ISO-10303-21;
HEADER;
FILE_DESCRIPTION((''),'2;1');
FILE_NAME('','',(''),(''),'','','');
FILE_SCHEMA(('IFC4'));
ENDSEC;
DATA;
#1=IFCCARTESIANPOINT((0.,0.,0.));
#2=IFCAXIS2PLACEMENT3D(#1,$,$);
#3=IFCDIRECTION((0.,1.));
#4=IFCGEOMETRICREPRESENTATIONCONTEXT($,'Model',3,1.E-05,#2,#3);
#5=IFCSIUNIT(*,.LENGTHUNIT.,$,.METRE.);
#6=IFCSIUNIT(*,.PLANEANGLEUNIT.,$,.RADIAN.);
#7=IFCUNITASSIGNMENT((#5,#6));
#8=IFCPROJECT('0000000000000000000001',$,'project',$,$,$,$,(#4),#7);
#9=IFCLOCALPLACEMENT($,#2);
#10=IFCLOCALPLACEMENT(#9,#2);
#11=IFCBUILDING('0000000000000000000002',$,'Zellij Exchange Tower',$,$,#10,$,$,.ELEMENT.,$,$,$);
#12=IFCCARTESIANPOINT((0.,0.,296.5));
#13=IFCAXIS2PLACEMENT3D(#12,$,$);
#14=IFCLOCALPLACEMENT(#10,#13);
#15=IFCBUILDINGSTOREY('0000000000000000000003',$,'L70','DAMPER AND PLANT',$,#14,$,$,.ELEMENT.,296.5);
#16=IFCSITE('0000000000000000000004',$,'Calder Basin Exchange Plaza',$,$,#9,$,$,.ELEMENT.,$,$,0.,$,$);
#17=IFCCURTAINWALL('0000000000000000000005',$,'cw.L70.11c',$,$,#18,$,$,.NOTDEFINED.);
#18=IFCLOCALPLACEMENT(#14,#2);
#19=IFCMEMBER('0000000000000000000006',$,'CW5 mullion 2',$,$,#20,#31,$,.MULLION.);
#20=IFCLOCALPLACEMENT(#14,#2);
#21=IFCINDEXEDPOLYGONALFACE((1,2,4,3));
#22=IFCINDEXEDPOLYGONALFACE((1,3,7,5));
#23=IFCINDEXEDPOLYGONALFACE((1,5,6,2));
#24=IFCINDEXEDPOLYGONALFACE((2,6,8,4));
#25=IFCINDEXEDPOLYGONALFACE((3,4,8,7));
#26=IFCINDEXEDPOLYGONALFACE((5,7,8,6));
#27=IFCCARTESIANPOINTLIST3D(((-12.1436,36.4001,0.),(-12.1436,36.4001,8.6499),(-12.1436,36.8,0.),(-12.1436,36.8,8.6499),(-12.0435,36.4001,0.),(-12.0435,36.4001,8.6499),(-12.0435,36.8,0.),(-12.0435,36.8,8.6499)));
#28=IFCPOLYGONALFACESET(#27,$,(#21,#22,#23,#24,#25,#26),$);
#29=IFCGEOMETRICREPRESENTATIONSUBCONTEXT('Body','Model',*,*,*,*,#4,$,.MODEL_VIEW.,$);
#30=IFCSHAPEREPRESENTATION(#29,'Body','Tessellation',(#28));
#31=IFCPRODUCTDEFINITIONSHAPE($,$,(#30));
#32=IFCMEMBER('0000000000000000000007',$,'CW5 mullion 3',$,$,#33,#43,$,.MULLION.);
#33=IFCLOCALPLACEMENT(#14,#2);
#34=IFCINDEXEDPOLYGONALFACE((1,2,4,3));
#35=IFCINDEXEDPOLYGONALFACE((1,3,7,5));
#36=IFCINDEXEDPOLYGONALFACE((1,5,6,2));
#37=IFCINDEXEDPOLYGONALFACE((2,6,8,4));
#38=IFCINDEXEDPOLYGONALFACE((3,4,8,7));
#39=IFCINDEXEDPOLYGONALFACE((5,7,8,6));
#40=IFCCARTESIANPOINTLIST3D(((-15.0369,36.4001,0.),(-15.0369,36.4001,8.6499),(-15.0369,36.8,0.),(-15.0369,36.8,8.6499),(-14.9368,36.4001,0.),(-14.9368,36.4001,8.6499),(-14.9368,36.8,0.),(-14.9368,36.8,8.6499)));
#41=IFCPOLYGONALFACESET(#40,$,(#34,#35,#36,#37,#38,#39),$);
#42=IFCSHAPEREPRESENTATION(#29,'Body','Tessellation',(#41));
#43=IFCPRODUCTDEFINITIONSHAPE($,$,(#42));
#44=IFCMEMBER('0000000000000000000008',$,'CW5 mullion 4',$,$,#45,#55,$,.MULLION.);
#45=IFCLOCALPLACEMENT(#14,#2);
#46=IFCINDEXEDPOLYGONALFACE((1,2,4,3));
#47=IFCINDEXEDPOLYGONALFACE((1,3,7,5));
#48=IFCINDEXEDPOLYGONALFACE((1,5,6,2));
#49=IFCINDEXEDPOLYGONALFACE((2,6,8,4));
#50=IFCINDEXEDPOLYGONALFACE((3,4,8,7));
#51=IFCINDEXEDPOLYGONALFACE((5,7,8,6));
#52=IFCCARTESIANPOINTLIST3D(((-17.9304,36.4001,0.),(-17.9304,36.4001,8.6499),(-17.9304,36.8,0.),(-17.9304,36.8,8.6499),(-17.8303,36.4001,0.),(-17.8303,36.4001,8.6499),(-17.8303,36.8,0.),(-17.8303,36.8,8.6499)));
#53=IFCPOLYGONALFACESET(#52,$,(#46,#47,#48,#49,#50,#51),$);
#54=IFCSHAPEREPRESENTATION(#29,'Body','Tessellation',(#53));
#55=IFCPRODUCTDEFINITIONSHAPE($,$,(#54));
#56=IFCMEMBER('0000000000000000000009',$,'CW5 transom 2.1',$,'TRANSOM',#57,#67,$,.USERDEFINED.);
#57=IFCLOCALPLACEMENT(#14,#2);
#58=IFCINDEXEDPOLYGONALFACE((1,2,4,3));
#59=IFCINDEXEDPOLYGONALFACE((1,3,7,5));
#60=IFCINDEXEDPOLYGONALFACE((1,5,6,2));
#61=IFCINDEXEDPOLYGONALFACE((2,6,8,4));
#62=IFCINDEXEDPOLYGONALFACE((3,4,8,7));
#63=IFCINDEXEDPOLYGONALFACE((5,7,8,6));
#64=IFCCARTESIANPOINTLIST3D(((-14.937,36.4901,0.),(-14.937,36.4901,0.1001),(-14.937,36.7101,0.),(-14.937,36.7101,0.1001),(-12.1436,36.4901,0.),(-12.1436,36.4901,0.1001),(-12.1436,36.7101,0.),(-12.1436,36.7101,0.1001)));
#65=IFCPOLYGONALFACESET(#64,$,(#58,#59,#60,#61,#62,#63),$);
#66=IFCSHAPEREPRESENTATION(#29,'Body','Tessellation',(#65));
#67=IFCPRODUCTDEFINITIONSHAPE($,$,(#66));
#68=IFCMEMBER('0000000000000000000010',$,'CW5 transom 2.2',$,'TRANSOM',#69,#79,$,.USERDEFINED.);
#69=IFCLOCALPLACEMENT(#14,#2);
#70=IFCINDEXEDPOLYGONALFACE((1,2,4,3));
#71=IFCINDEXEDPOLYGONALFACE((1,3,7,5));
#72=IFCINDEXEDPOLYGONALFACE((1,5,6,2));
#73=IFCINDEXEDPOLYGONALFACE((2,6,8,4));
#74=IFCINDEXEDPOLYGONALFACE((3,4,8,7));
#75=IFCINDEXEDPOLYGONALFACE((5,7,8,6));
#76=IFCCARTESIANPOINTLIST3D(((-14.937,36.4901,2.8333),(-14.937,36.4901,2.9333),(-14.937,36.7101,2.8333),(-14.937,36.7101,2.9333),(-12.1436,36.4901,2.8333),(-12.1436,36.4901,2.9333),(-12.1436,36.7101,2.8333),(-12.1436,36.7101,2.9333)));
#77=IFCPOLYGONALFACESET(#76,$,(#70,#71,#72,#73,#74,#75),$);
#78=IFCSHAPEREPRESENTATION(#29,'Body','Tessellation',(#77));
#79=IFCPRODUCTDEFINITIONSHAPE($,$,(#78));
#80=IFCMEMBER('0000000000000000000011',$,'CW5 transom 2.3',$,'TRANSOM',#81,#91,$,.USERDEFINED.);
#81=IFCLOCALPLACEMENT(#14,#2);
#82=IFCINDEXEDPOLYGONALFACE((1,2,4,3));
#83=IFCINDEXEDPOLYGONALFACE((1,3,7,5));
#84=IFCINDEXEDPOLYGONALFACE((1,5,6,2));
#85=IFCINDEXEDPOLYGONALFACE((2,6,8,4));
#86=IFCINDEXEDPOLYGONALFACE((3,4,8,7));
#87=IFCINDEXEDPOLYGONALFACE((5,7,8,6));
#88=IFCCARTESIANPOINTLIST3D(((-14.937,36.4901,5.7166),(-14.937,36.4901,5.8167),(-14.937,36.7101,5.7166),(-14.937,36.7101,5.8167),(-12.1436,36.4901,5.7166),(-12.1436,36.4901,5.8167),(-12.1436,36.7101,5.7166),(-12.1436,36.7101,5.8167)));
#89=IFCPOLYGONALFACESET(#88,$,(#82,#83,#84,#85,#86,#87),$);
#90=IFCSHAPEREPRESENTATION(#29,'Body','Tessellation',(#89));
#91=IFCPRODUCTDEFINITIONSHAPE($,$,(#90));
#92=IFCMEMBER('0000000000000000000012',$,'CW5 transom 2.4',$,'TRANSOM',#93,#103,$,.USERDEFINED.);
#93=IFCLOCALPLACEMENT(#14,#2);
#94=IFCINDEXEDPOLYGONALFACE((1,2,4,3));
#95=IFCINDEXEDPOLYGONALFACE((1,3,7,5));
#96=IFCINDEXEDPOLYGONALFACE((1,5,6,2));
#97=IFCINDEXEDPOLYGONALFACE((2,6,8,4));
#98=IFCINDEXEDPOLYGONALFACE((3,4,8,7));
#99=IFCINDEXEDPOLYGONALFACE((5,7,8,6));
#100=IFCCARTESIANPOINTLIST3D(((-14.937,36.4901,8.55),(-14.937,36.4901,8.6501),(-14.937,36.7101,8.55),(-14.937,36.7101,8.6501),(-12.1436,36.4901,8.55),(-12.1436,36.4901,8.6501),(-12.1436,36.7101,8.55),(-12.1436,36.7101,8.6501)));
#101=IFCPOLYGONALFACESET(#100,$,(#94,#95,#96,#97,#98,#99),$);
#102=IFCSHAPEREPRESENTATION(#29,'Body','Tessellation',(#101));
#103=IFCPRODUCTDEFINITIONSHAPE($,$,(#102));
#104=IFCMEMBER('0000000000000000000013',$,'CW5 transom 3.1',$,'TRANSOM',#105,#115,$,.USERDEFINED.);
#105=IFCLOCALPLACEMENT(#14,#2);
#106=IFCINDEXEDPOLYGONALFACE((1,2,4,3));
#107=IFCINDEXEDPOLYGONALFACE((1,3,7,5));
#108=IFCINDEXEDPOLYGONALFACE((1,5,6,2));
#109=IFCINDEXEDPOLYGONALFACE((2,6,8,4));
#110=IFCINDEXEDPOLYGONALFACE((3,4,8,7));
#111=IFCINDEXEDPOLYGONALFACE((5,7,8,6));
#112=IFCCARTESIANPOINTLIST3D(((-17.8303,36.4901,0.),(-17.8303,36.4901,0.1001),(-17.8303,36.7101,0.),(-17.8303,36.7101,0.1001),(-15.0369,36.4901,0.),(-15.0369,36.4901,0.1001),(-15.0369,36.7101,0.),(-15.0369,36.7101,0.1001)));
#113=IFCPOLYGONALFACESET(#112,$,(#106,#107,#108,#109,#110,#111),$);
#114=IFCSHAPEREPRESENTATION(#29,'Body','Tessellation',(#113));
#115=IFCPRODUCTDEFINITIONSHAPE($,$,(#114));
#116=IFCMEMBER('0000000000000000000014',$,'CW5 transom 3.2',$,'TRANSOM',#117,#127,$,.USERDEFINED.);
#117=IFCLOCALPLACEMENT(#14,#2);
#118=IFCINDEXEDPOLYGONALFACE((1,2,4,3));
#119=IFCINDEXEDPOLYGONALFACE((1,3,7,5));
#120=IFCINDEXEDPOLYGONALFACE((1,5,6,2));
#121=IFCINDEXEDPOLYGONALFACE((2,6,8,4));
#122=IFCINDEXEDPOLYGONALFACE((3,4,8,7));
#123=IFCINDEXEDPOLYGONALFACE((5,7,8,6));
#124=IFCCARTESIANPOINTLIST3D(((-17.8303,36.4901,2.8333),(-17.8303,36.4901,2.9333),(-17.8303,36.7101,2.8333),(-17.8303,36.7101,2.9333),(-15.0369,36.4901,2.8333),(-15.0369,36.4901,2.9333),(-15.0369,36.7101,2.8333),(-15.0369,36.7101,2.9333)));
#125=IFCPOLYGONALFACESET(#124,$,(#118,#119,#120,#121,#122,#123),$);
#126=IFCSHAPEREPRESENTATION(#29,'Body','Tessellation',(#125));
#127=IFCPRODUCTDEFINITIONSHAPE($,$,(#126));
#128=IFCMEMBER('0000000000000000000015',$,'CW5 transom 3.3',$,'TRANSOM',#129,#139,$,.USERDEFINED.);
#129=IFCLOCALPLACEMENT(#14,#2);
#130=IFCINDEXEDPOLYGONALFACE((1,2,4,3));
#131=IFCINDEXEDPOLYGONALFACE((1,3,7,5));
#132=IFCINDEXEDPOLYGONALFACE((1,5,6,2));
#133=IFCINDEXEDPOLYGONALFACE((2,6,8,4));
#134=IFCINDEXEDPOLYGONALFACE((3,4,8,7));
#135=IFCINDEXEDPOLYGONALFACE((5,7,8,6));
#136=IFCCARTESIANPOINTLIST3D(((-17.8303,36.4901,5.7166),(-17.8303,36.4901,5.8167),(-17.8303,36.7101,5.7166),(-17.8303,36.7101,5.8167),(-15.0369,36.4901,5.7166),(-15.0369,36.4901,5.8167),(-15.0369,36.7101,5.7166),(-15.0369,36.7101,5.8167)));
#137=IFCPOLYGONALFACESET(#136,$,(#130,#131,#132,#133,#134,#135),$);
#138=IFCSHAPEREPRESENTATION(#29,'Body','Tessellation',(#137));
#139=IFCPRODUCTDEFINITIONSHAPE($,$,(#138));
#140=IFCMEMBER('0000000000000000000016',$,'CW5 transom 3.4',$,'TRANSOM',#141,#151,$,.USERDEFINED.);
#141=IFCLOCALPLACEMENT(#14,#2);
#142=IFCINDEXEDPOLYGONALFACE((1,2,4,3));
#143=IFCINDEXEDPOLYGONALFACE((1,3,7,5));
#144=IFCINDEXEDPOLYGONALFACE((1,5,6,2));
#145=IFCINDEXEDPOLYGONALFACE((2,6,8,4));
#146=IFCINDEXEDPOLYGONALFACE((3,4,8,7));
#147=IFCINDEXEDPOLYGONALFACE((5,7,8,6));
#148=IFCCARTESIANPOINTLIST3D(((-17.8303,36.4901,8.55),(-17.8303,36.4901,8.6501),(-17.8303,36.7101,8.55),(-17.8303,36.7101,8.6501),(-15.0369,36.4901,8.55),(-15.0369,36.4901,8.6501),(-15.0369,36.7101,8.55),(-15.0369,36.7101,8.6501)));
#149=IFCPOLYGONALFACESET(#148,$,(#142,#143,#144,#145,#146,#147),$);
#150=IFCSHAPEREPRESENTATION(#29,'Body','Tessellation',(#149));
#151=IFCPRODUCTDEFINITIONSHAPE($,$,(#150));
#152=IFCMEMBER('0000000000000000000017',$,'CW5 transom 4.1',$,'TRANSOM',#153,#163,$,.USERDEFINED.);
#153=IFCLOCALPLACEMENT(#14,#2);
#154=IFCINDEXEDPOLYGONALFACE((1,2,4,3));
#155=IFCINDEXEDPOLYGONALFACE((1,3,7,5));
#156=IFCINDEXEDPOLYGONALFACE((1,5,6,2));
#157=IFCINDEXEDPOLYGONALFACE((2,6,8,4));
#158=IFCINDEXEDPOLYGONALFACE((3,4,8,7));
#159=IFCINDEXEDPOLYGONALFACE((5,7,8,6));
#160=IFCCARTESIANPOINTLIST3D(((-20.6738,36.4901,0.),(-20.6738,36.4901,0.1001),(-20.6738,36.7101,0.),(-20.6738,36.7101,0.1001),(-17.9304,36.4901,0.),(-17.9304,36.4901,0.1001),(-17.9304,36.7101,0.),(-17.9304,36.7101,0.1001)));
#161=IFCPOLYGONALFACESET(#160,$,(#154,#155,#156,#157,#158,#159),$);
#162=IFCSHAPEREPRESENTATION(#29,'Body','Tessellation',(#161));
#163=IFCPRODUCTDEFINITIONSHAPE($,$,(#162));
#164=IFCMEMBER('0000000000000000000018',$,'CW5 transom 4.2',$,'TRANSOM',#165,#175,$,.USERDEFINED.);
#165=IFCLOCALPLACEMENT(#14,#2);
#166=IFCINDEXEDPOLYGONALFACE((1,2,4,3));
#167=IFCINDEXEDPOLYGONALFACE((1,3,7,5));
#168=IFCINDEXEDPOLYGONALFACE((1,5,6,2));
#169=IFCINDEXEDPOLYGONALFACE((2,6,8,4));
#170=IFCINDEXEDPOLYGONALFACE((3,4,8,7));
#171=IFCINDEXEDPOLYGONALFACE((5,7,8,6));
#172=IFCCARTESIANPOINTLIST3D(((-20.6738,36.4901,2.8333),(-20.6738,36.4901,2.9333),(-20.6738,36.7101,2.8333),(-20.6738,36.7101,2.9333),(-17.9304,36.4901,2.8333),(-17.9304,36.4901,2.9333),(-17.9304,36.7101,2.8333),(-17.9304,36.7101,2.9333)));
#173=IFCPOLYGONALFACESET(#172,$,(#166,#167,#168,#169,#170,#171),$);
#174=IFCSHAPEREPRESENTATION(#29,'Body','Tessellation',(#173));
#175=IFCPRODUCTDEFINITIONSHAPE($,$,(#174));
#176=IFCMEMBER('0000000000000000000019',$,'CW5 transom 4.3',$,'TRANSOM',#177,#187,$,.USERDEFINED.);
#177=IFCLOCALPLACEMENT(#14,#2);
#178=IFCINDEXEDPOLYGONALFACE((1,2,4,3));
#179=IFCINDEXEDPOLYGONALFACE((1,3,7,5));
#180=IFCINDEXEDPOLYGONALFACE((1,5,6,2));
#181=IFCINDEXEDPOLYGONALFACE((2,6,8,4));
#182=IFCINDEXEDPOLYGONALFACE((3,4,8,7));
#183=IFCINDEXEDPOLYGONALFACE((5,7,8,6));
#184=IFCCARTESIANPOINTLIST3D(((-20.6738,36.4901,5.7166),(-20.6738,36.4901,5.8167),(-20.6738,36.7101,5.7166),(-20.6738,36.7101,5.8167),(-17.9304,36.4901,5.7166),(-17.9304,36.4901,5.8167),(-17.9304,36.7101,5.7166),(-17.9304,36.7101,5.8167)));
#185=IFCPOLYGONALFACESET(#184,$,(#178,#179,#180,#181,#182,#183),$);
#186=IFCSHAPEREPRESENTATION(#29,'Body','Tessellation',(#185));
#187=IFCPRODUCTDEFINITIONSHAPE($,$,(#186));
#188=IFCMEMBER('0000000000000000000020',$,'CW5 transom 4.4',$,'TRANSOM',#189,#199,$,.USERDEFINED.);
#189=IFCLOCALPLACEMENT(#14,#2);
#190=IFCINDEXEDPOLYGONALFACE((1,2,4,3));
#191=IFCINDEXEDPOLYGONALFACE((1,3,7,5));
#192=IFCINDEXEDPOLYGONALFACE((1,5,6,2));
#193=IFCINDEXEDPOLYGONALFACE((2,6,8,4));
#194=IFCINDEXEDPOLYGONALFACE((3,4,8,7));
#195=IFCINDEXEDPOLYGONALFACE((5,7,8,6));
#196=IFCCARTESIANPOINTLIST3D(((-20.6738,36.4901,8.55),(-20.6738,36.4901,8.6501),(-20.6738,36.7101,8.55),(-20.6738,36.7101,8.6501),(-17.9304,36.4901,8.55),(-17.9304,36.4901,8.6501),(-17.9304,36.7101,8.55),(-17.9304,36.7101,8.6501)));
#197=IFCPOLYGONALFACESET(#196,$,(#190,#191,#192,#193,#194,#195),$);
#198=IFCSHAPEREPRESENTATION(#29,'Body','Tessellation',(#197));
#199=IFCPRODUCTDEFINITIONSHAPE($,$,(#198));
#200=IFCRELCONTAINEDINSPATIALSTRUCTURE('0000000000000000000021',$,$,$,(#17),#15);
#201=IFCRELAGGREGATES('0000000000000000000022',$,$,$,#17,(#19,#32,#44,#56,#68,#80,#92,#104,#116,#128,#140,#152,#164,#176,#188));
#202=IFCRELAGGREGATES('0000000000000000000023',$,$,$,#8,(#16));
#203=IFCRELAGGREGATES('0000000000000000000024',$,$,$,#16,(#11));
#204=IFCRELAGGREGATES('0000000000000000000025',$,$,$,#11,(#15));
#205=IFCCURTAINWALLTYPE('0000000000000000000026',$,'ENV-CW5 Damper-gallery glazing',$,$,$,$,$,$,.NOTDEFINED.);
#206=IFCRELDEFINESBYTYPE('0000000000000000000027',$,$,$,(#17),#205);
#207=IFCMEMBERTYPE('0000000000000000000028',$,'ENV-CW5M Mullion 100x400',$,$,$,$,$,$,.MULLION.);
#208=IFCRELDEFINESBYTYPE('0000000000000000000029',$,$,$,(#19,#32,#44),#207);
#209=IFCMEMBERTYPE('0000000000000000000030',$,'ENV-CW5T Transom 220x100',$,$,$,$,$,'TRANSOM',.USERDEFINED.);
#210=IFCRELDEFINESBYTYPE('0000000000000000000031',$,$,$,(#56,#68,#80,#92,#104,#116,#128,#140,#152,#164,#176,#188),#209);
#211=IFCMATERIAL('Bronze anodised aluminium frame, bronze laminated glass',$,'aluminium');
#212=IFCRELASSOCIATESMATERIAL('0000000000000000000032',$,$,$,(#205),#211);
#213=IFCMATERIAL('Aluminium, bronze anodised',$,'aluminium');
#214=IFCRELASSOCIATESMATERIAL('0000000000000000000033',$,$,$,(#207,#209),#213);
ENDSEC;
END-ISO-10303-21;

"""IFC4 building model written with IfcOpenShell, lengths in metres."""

from ifc_helpers import new_model, si_unit, direction, frame, origin, origin_2d, place, context, subcontext, project, spatial, rectangle, extrude, material, material_profile, profile_set, type_object, element, aggregate, save


model = new_model("IFC4")

# Units and contexts
model_context = context("Model", 3, precision=1e-05, world=origin(), true_north=direction((0.0, 1.0)))
body_context = subcontext(model_context, "Body", "Model", "MODEL_VIEW")
ifc_project = project(units=[si_unit("LENGTHUNIT", "METRE"), si_unit("PLANEANGLEUNIT", "RADIAN")], contexts=[model_context])

# Site, building, storey
site_placement = place(None, origin())
site = spatial("IfcSite", under=ifc_project, at=site_placement, Name="Calder Basin Exchange Plaza", CompositionType="ELEMENT", RefElevation=0.0)
building_placement = place(site_placement, origin())
building = spatial("IfcBuilding", under=site, at=building_placement, Name="Zellij Exchange Tower", CompositionType="ELEMENT")
storey_placement = place(building_placement, frame((0.0, 0.0, 296.5)))
storey = spatial("IfcBuildingStorey", under=building, at=storey_placement, Name="L70", Description="DAMPER AND PLANT", CompositionType="ELEMENT", Elevation=296.5)

# Curtain wall, members
ifc_material_1 = material(Name="Bronze anodised aluminium frame, bronze laminated glass", Category="aluminium")
curtain_wall_type = type_object("IfcCurtainWallType", Name="ENV-CW5 Damper-gallery glazing", PredefinedType="NOTDEFINED", material=ifc_material_1)
curtain_wall_placement = place(storey_placement, origin())
curtain_wall = element("IfcCurtainWall", 1, at=curtain_wall_placement, inside=storey, type_object=curtain_wall_type, Name="cw.L70.11c", PredefinedType="NOTDEFINED")
ifc_material_2 = material(Name="Aluminium, bronze anodised", Category="aluminium")
ifc_material_profile_1 = material_profile(ifc_material_2, rectangle(XDim=0.1001, YDim=0.3999, at=origin_2d()), Name="AL 100x400")
ifc_profile_set_1 = profile_set([ifc_material_profile_1], Name="Aluminium, bronze anodised")
member_type_1 = type_object("IfcMemberType", Name="ENV-CW5M Mullion 100x400", PredefinedType="MULLION", material=ifc_profile_set_1)
member_1_placement = place(storey_placement, frame((-12.0935, 36.6001, 0.0), z_axis=(0.0, 0.0, 1.0), x_axis=(-1.0, 0.0, 0.0)))
member_1 = element("IfcMember", 2, at=member_1_placement, type_object=member_type_1, Name="CW5 mullion 2", PredefinedType="MULLION", context=body_context, shape_type="SweptSolid", body=[
    extrude(rectangle(XDim=0.1001, YDim=0.3999, at=origin_2d()), origin(), (0.0, 0.0, 1.0), 8.6499),
])
member_2_placement = place(storey_placement, frame((-14.9868, 36.6001, 0.0), z_axis=(0.0, 0.0, 1.0), x_axis=(-1.0, 0.0, 0.0)))
member_2 = element("IfcMember", 3, at=member_2_placement, type_object=member_type_1, Name="CW5 mullion 3", PredefinedType="MULLION", context=body_context, shape_type="SweptSolid", body=[
    extrude(rectangle(XDim=0.1001, YDim=0.3999, at=origin_2d()), origin(), (0.0, 0.0, 1.0), 8.6499),
])
member_3_placement = place(storey_placement, frame((-17.8804, 36.6001, 0.0), z_axis=(0.0, 0.0, 1.0), x_axis=(-1.0, 0.0, 0.0)))
member_3 = element("IfcMember", 4, at=member_3_placement, type_object=member_type_1, Name="CW5 mullion 4", PredefinedType="MULLION", context=body_context, shape_type="SweptSolid", body=[
    extrude(rectangle(XDim=0.1001, YDim=0.3999, at=origin_2d()), origin(), (0.0, 0.0, 1.0), 8.6499),
])
ifc_material_profile_2 = material_profile(ifc_material_2, rectangle(XDim=0.22, YDim=0.1001, at=origin_2d()), Name="AL 220x100")
ifc_profile_set_2 = profile_set([ifc_material_profile_2], Name="Aluminium, bronze anodised")
member_type_2 = type_object("IfcMemberType", Name="ENV-CW5T Transom 220x100", ElementType="TRANSOM", PredefinedType="USERDEFINED", material=ifc_profile_set_2)
member_4_placement = place(storey_placement, frame((-12.1436, 36.6001, 0.05), z_axis=(-1.0, 0.0, 0.0), x_axis=(0.0, -1.0, 0.0)))
member_4 = element("IfcMember", 5, at=member_4_placement, type_object=member_type_2, Name="CW5 transom 2.1", ObjectType="TRANSOM", PredefinedType="USERDEFINED", context=body_context, shape_type="SweptSolid", body=[
    extrude(rectangle(XDim=0.22, YDim=0.1001, at=origin_2d()), origin(), (0.0, 0.0, 1.0), 2.7935),
])
member_5_placement = place(storey_placement, frame((-12.1436, 36.6001, 2.8833), z_axis=(-1.0, 0.0, 0.0), x_axis=(0.0, -1.0, 0.0)))
member_5 = element("IfcMember", 6, at=member_5_placement, type_object=member_type_2, Name="CW5 transom 2.2", ObjectType="TRANSOM", PredefinedType="USERDEFINED", context=body_context, shape_type="SweptSolid", body=[
    extrude(rectangle(XDim=0.22, YDim=0.1001, at=origin_2d()), origin(), (0.0, 0.0, 1.0), 2.7935),
])
member_6_placement = place(storey_placement, frame((-12.1436, 36.6001, 5.7666), z_axis=(-1.0, 0.0, 0.0), x_axis=(0.0, -1.0, 0.0)))
member_6 = element("IfcMember", 7, at=member_6_placement, type_object=member_type_2, Name="CW5 transom 2.3", ObjectType="TRANSOM", PredefinedType="USERDEFINED", context=body_context, shape_type="SweptSolid", body=[
    extrude(rectangle(XDim=0.22, YDim=0.1001, at=origin_2d()), origin(), (0.0, 0.0, 1.0), 2.7935),
])
member_7_placement = place(storey_placement, frame((-12.1436, 36.6001, 8.6001), z_axis=(-1.0, 0.0, 0.0), x_axis=(0.0, -1.0, 0.0)))
member_7 = element("IfcMember", 8, at=member_7_placement, type_object=member_type_2, Name="CW5 transom 2.4", ObjectType="TRANSOM", PredefinedType="USERDEFINED", context=body_context, shape_type="SweptSolid", body=[
    extrude(rectangle(XDim=0.22, YDim=0.1001, at=origin_2d()), origin(), (0.0, 0.0, 1.0), 2.7935),
])
member_8_placement = place(storey_placement, frame((-15.0369, 36.6001, 0.05), z_axis=(-1.0, 0.0, 0.0), x_axis=(0.0, -1.0, 0.0)))
member_8 = element("IfcMember", 9, at=member_8_placement, type_object=member_type_2, Name="CW5 transom 3.1", ObjectType="TRANSOM", PredefinedType="USERDEFINED", context=body_context, shape_type="SweptSolid", body=[
    extrude(rectangle(XDim=0.22, YDim=0.1001, at=origin_2d()), origin(), (0.0, 0.0, 1.0), 2.7935),
])
member_9_placement = place(storey_placement, frame((-15.0369, 36.6001, 2.8833), z_axis=(-1.0, 0.0, 0.0), x_axis=(0.0, -1.0, 0.0)))
member_9 = element("IfcMember", 10, at=member_9_placement, type_object=member_type_2, Name="CW5 transom 3.2", ObjectType="TRANSOM", PredefinedType="USERDEFINED", context=body_context, shape_type="SweptSolid", body=[
    extrude(rectangle(XDim=0.22, YDim=0.1001, at=origin_2d()), origin(), (0.0, 0.0, 1.0), 2.7935),
])
member_10_placement = place(storey_placement, frame((-15.0369, 36.6001, 5.7666), z_axis=(-1.0, 0.0, 0.0), x_axis=(0.0, -1.0, 0.0)))
member_10 = element("IfcMember", 11, at=member_10_placement, type_object=member_type_2, Name="CW5 transom 3.3", ObjectType="TRANSOM", PredefinedType="USERDEFINED", context=body_context, shape_type="SweptSolid", body=[
    extrude(rectangle(XDim=0.22, YDim=0.1001, at=origin_2d()), origin(), (0.0, 0.0, 1.0), 2.7935),
])
member_11_placement = place(storey_placement, frame((-15.0369, 36.6001, 8.6001), z_axis=(-1.0, 0.0, 0.0), x_axis=(0.0, -1.0, 0.0)))
member_11 = element("IfcMember", 12, at=member_11_placement, type_object=member_type_2, Name="CW5 transom 3.4", ObjectType="TRANSOM", PredefinedType="USERDEFINED", context=body_context, shape_type="SweptSolid", body=[
    extrude(rectangle(XDim=0.22, YDim=0.1001, at=origin_2d()), origin(), (0.0, 0.0, 1.0), 2.7935),
])
member_12_placement = place(storey_placement, frame((-17.9304, 36.6001, 0.05), z_axis=(-1.0, 0.0, 0.0), x_axis=(0.0, -1.0, 0.0)))
member_12 = element("IfcMember", 13, at=member_12_placement, type_object=member_type_2, Name="CW5 transom 4.1", ObjectType="TRANSOM", PredefinedType="USERDEFINED", context=body_context, shape_type="SweptSolid", body=[
    extrude(rectangle(XDim=0.22, YDim=0.1001, at=origin_2d()), origin(), (0.0, 0.0, 1.0), 2.7434),
])
member_13_placement = place(storey_placement, frame((-17.9304, 36.6001, 2.8833), z_axis=(-1.0, 0.0, 0.0), x_axis=(0.0, -1.0, 0.0)))
member_13 = element("IfcMember", 14, at=member_13_placement, type_object=member_type_2, Name="CW5 transom 4.2", ObjectType="TRANSOM", PredefinedType="USERDEFINED", context=body_context, shape_type="SweptSolid", body=[
    extrude(rectangle(XDim=0.22, YDim=0.1001, at=origin_2d()), origin(), (0.0, 0.0, 1.0), 2.7434),
])
member_14_placement = place(storey_placement, frame((-17.9304, 36.6001, 5.7666), z_axis=(-1.0, 0.0, 0.0), x_axis=(0.0, -1.0, 0.0)))
member_14 = element("IfcMember", 15, at=member_14_placement, type_object=member_type_2, Name="CW5 transom 4.3", ObjectType="TRANSOM", PredefinedType="USERDEFINED", context=body_context, shape_type="SweptSolid", body=[
    extrude(rectangle(XDim=0.22, YDim=0.1001, at=origin_2d()), origin(), (0.0, 0.0, 1.0), 2.7434),
])
member_15_placement = place(storey_placement, frame((-17.9304, 36.6001, 8.6001), z_axis=(-1.0, 0.0, 0.0), x_axis=(0.0, -1.0, 0.0)))
member_15 = element("IfcMember", 16, at=member_15_placement, type_object=member_type_2, Name="CW5 transom 4.4", ObjectType="TRANSOM", PredefinedType="USERDEFINED", context=body_context, shape_type="SweptSolid", body=[
    extrude(rectangle(XDim=0.22, YDim=0.1001, at=origin_2d()), origin(), (0.0, 0.0, 1.0), 2.7434),
])
aggregate(curtain_wall, [member_1, member_2, member_3, member_4, member_5, member_6, member_7, member_8, member_9, member_10, member_11, member_12, member_13, member_14, member_15])

save(model, "model.ifc")
